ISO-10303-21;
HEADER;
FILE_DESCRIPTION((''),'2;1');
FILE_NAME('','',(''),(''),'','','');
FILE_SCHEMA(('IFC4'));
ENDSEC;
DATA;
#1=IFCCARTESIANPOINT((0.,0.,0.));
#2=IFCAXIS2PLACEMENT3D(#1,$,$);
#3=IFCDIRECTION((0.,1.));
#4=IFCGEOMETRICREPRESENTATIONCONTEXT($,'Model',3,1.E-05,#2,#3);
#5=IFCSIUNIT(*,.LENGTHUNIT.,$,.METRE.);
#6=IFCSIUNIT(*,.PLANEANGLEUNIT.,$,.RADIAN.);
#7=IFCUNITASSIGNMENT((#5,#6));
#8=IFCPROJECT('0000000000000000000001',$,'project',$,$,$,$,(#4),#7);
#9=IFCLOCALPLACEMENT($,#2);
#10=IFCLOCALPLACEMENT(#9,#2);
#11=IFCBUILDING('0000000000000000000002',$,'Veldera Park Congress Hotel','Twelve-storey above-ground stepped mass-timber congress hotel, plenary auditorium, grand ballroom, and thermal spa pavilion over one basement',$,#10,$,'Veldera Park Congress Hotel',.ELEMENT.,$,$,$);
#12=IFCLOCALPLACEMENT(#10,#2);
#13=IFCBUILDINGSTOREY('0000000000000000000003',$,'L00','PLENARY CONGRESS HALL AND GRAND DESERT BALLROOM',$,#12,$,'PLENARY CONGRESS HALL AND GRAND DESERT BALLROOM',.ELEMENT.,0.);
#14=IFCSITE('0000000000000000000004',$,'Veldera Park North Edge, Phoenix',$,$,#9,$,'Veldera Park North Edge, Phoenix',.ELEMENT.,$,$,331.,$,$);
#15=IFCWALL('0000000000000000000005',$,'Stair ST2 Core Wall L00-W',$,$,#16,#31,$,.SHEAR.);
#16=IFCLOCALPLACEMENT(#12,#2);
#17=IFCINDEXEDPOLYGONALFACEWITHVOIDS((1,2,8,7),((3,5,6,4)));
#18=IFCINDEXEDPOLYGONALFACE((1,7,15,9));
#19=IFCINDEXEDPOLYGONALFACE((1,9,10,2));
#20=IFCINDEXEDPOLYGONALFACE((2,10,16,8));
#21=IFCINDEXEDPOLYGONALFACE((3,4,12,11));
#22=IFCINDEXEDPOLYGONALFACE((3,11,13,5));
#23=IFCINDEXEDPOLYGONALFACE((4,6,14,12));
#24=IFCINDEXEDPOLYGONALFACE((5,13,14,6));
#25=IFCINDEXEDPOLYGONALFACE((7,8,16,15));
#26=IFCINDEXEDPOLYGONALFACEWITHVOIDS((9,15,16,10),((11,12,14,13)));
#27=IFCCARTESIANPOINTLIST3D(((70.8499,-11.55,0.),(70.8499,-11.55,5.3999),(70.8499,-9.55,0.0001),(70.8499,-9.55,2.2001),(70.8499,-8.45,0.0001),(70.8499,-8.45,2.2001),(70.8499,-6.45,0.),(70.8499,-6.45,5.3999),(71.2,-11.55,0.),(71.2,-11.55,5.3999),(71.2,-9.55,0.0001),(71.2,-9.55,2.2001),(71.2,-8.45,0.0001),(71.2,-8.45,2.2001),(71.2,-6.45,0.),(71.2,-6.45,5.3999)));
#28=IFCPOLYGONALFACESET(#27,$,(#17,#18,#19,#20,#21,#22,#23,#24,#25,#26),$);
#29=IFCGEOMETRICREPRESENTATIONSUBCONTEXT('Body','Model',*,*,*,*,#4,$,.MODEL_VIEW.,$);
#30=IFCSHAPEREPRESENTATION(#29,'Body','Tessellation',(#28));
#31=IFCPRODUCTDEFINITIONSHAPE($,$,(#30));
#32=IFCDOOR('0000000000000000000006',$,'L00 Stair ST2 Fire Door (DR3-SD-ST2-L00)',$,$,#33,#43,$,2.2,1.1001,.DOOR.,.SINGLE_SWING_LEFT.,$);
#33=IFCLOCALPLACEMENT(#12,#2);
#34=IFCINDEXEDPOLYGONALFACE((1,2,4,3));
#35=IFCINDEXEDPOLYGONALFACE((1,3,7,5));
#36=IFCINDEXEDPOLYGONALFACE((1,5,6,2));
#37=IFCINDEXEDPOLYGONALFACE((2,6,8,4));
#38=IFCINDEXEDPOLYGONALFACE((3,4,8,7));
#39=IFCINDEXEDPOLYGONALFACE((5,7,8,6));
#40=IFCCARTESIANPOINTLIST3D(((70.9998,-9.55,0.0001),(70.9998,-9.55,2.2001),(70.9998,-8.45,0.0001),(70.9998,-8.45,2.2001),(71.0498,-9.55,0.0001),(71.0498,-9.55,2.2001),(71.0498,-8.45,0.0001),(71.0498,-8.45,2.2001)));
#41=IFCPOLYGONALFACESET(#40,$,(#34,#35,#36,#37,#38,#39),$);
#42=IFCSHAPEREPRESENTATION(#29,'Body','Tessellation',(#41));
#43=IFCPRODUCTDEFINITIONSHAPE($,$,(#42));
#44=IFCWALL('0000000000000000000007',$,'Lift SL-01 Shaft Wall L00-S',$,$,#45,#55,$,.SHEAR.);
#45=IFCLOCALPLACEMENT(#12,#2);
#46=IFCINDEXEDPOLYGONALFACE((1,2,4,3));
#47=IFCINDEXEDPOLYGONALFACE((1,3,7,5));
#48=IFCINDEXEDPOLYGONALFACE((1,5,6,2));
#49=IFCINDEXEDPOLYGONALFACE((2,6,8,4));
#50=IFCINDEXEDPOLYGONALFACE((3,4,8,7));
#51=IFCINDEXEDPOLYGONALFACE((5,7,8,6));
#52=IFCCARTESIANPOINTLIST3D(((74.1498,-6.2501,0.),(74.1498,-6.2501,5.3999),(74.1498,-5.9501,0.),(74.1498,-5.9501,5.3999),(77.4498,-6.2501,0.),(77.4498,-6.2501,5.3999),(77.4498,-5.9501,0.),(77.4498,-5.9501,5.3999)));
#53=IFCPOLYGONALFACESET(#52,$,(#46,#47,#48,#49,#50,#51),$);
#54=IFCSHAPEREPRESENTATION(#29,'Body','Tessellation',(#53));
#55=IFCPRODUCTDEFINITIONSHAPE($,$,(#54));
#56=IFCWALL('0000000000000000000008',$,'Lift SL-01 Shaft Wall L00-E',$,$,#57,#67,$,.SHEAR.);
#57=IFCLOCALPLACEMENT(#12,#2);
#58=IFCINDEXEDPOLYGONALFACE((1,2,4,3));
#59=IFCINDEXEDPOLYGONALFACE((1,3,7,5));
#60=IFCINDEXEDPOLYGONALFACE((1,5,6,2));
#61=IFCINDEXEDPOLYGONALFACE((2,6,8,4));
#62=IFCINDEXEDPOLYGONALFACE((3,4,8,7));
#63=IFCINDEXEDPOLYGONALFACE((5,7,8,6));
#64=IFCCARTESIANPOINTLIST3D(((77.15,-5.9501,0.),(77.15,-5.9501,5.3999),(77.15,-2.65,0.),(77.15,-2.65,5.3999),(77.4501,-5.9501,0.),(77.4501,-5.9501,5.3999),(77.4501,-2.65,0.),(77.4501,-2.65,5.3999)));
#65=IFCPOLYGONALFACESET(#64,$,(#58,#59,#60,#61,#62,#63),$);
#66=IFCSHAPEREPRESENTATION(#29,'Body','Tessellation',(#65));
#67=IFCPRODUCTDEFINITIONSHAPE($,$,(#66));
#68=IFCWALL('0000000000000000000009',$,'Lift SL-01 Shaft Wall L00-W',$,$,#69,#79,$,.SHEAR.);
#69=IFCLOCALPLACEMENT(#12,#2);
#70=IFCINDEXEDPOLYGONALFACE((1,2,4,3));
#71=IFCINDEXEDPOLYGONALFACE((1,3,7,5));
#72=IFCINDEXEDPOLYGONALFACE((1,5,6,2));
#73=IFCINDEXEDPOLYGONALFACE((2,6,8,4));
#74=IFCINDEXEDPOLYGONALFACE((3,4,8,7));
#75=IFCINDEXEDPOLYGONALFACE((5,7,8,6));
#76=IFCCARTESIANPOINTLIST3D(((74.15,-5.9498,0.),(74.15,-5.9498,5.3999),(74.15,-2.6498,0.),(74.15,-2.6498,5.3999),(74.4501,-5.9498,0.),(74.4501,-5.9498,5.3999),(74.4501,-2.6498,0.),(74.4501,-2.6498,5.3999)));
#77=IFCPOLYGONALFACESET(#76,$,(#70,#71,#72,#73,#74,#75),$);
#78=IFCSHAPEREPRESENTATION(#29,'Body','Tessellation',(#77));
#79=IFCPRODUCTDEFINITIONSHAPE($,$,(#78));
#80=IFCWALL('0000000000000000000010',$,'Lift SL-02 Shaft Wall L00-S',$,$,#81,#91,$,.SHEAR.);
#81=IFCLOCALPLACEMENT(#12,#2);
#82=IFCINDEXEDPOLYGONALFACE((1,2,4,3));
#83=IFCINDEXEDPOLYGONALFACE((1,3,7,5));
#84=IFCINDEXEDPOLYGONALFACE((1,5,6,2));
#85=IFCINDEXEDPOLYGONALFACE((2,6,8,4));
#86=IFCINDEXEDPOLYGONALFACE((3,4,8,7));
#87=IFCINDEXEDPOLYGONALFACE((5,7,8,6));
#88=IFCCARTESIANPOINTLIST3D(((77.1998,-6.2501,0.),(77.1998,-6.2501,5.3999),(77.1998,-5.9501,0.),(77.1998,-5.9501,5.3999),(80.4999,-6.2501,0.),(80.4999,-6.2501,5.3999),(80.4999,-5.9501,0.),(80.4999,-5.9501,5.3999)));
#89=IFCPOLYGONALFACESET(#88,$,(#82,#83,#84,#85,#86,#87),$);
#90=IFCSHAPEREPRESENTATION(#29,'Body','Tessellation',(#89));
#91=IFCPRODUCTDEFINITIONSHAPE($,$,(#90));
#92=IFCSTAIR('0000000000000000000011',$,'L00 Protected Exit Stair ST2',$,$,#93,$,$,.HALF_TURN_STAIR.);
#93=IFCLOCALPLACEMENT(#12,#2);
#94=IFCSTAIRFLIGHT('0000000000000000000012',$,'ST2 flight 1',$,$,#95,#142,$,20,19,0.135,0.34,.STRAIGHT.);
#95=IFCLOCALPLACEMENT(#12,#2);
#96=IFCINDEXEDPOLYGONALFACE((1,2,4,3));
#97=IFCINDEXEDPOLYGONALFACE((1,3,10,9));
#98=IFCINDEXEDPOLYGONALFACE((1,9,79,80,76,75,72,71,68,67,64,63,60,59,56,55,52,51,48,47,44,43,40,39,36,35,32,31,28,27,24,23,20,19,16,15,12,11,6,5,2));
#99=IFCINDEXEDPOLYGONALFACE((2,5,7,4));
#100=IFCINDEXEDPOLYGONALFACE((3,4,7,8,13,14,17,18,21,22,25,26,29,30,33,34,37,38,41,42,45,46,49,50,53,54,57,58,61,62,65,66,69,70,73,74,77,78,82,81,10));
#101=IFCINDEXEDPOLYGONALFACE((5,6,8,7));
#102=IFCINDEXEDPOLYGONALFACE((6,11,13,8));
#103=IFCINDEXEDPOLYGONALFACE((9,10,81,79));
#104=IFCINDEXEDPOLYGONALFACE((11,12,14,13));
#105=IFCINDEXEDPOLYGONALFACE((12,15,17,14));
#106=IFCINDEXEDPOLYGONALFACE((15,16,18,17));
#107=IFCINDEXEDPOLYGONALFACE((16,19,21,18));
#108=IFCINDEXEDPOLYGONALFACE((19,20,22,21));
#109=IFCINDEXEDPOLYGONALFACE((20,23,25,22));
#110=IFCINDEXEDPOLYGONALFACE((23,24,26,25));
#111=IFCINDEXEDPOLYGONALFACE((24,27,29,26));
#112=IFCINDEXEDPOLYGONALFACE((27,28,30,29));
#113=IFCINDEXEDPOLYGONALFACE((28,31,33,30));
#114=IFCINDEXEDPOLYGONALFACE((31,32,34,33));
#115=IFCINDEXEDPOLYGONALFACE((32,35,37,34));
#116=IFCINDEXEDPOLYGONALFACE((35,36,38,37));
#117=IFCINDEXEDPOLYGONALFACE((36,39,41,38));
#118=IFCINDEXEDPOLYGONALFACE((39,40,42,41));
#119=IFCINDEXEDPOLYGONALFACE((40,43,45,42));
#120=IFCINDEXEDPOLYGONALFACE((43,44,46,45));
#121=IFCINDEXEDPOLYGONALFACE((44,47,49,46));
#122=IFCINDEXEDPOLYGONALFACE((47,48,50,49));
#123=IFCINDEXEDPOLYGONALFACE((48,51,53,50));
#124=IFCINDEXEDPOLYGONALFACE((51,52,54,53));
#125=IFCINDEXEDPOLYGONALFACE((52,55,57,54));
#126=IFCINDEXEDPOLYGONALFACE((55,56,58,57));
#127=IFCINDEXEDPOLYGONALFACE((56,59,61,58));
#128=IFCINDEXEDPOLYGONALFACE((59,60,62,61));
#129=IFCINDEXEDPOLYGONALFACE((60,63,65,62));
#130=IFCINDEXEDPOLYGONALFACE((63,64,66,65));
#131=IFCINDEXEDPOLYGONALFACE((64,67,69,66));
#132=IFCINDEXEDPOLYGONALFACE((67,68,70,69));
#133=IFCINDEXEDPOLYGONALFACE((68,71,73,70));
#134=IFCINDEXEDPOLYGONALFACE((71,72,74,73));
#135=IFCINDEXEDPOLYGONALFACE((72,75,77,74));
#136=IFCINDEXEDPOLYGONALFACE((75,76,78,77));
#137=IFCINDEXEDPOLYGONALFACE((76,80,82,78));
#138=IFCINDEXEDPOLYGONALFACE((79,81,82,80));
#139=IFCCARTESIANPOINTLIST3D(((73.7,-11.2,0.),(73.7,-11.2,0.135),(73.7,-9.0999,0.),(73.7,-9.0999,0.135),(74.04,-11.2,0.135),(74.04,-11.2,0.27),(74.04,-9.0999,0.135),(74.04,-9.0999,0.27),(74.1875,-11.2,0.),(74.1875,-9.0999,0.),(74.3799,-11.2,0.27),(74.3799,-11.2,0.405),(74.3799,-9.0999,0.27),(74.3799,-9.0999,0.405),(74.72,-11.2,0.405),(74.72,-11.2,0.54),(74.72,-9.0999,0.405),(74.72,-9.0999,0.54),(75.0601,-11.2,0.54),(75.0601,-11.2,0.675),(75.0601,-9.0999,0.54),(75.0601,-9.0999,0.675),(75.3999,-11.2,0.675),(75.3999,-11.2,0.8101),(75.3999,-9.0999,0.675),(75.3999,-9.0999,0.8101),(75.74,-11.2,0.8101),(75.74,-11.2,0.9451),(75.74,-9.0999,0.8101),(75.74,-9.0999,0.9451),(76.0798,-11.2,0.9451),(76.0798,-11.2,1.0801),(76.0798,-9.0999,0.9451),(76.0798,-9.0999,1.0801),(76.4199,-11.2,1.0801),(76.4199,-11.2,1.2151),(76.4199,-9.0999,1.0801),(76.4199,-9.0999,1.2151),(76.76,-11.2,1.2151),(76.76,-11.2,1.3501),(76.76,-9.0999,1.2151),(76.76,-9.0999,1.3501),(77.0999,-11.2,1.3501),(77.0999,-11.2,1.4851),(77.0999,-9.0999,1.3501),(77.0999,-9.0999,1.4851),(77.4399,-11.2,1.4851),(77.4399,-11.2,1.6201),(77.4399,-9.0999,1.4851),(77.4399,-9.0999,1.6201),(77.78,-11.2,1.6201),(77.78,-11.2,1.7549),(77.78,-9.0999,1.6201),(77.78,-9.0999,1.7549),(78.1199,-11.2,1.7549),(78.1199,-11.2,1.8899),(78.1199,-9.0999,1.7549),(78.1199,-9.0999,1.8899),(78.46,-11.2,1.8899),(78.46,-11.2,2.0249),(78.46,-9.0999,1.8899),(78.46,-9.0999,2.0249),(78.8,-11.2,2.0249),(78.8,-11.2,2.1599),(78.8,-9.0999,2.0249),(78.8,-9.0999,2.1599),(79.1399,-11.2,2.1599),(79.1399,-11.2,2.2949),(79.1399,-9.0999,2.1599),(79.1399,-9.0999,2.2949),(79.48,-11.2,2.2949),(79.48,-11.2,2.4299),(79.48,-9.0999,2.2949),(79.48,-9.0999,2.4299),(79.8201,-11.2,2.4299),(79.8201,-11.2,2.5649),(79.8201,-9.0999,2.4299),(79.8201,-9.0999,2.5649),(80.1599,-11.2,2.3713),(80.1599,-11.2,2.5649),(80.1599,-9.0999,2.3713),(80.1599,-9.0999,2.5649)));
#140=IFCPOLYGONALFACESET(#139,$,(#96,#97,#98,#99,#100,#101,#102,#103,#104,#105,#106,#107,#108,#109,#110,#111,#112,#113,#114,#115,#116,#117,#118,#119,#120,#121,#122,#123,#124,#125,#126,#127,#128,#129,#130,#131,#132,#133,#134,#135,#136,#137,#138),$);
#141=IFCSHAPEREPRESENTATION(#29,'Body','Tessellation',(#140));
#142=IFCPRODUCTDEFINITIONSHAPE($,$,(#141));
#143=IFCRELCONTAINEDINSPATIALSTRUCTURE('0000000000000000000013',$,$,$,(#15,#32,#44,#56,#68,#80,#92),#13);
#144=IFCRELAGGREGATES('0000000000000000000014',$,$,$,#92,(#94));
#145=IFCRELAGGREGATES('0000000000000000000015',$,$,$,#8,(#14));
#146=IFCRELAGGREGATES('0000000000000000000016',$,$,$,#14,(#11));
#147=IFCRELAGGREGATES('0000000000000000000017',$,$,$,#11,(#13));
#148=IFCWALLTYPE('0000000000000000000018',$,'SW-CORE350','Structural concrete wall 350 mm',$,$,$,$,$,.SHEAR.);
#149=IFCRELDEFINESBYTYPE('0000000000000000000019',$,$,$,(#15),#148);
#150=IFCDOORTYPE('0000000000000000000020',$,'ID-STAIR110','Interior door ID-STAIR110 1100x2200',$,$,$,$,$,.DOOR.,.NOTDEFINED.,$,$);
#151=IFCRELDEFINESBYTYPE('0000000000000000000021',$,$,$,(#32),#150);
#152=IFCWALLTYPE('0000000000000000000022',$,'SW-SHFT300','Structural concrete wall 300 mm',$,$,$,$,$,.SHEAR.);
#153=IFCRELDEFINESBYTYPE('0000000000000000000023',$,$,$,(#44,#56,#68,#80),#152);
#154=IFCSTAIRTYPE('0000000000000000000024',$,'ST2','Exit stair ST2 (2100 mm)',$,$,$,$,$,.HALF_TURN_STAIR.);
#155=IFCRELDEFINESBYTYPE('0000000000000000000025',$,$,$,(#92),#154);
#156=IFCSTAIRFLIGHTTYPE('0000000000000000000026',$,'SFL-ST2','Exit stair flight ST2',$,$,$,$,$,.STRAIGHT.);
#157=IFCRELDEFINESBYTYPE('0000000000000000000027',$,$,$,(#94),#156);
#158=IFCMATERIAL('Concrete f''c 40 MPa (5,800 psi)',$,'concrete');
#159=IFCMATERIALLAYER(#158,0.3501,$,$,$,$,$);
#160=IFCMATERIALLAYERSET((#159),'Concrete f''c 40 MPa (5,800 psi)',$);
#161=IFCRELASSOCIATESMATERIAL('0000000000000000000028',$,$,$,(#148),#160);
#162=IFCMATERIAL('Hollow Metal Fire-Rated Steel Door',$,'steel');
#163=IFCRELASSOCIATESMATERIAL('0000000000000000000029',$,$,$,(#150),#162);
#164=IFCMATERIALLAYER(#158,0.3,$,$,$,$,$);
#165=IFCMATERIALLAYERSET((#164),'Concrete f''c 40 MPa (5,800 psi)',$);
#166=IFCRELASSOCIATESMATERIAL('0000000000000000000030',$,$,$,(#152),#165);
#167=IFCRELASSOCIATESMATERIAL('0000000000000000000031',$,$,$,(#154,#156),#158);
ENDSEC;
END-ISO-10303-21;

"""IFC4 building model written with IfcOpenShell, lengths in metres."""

from ifc_helpers import new_model, si_unit, direction, frame, frame_2d, origin, place, context, subcontext, project, spatial, polyline, rectangle, outline, extrude, material, layer, layer_set, type_object, element, fill, aggregate, save


model = new_model("IFC4")

# Units and contexts
model_context = context("Model", 3, precision=1e-05, world=origin(), true_north=direction((0.0, 1.0)))
body_context = subcontext(model_context, "Body", "Model", "MODEL_VIEW")
ifc_project = project(units=[si_unit("LENGTHUNIT", "METRE"), si_unit("PLANEANGLEUNIT", "RADIAN")], contexts=[model_context])

# Site, building, storey
site_placement = place(None, origin())
site = spatial("IfcSite", under=ifc_project, at=site_placement, Name="Veldera Park North Edge, Phoenix", LongName="Veldera Park North Edge, Phoenix", CompositionType="ELEMENT", RefElevation=331.0)
building_placement = place(site_placement, origin())
building = spatial("IfcBuilding", under=site, at=building_placement, Name="Veldera Park Congress Hotel", Description="Twelve-storey above-ground stepped mass-timber congress hotel, plenary auditorium, grand ballroom, and thermal spa pavilion over one basement", LongName="Veldera Park Congress Hotel", CompositionType="ELEMENT")
storey_placement = place(building_placement, origin())
storey = spatial("IfcBuildingStorey", under=building, at=storey_placement, Name="L00", Description="PLENARY CONGRESS HALL AND GRAND DESERT BALLROOM", LongName="PLENARY CONGRESS HALL AND GRAND DESERT BALLROOM", CompositionType="ELEMENT", Elevation=0.0)

# Wall, opening, door
ifc_material_1 = material(Name="Concrete f'c 40 MPa (5,800 psi)", Category="concrete")
ifc_layer_1 = layer(ifc_material_1, 0.3501)
ifc_layer_set_1 = layer_set([ifc_layer_1], Name="Concrete f'c 40 MPa (5,800 psi)")
wall_type_1 = type_object("IfcWallType", Name="SW-CORE350", Description="Structural concrete wall 350 mm", PredefinedType="SHEAR", material=ifc_layer_set_1)
wall_1_placement = place(storey_placement, frame((71.0249, -6.45, 0.0), z_axis=(0.0, 0.0, 1.0), x_axis=(0.0, -1.0, 0.0)))
wall_1 = element("IfcWall", 1, at=wall_1_placement, inside=storey, type_object=wall_type_1, Name="Stair ST2 Core Wall L00-W", PredefinedType="SHEAR", context=body_context, shape_type="SweptSolid", body=[
    extrude(rectangle(XDim=5.1001, YDim=0.3501, at=frame_2d((2.55, 0.0))), origin(), (0.0, 0.0, 1.0), 5.3999),
])
opening_1_placement = place(wall_1_placement, frame((2.0, 0.0, 0.0)))
opening_1 = element("IfcOpeningElement", 2, at=opening_1_placement, cuts=wall_1, PredefinedType="OPENING", context=body_context, shape_type="SweptSolid", body=[
    extrude(rectangle(XDim=1.1001, YDim=2.2, at=frame_2d((0.55, 1.1001))), frame((0.0, 0.187, 0.0), z_axis=(0.0, -1.0, 0.0), x_axis=(1.0, 0.0, 0.0)), (0.0, 0.0, 1.0), 0.374),
])
ifc_material_2 = material(Name="Hollow Metal Fire-Rated Steel Door", Category="steel")
door_type_1 = type_object("IfcDoorType", Name="ID-STAIR110", Description="Interior door ID-STAIR110 1100x2200", OperationType="NOTDEFINED", PredefinedType="DOOR", material=ifc_material_2)
door_1_placement = place(opening_1_placement, origin())
door_1 = element("IfcDoor", 3, at=door_1_placement, inside=storey, type_object=door_type_1, Name="L00 Stair ST2 Fire Door (DR3-SD-ST2-L00)", OperationType="SINGLE_SWING_LEFT", OverallHeight=2.2, OverallWidth=1.1001, PredefinedType="DOOR", context=body_context, shape_type="SweptSolid", body=[
    extrude(rectangle(XDim=1.1001, YDim=2.2, at=frame_2d((0.55, 1.1001))), frame((0.0, 0.0249, 0.0), z_axis=(0.0, -1.0, 0.0), x_axis=(1.0, 0.0, 0.0)), (0.0, 0.0, 1.0), 0.05),
])
fill(opening_1, door_1)

# Walls
ifc_layer_2 = layer(ifc_material_1, 0.3)
ifc_layer_set_2 = layer_set([ifc_layer_2], Name="Concrete f'c 40 MPa (5,800 psi)")
wall_type_2 = type_object("IfcWallType", Name="SW-SHFT300", Description="Structural concrete wall 300 mm", PredefinedType="SHEAR", material=ifc_layer_set_2)
for number, where, z_axis, x_axis, name in (
    (4, (74.1499, -6.1001, 0.0), (0.0, 0.0, 1.0), (1.0, 0.0, 0.0), "Lift SL-01 Shaft Wall L00-S"),
    (5, (77.3, -5.95, 0.0), (0.0, 0.0, 1.0), (0.0, 1.0, 0.0), "Lift SL-01 Shaft Wall L00-E"),
    (6, (74.3, -2.6499, 0.0), (0.0, 0.0, 1.0), (0.0, -1.0, 0.0), "Lift SL-01 Shaft Wall L00-W"),
    (7, (77.2, -6.1001, 0.0), (0.0, 0.0, 1.0), (1.0, 0.0, 0.0), "Lift SL-02 Shaft Wall L00-S"),
):
    element("IfcWall", number, at=place(storey_placement, frame(where, z_axis=z_axis, x_axis=x_axis)), inside=storey, type_object=wall_type_2, Name=name, PredefinedType="SHEAR", context=body_context, shape_type="SweptSolid", body=[
        extrude(rectangle(XDim=3.3, YDim=0.3, at=frame_2d((1.6499, 0.0))), origin(), (0.0, 0.0, 1.0), 5.3999),
    ])

# Stair, stair flight
stair_type = type_object("IfcStairType", Name="ST2", Description="Exit stair ST2 (2100 mm)", PredefinedType="HALF_TURN_STAIR", material=ifc_material_1)
stair_placement = place(storey_placement, origin())
stair = element("IfcStair", 8, at=stair_placement, inside=storey, type_object=stair_type, Name="L00 Protected Exit Stair ST2", PredefinedType="HALF_TURN_STAIR")
stair_flight_type = type_object("IfcStairFlightType", Name="SFL-ST2", Description="Exit stair flight ST2", PredefinedType="STRAIGHT", material=ifc_material_1)
stair_flight_placement = place(storey_placement, frame((73.7, -10.1499, 0.0), z_axis=(0.0, 0.0, 1.0), x_axis=(1.0, 0.0, 0.0)))
stair_flight = element("IfcStairFlight", 9, at=stair_flight_placement, type_object=stair_flight_type, Name="ST2 flight 1", NumberOfRisers=20, NumberOfTreads=19, PredefinedType="STRAIGHT", RiserHeight=0.135, TreadLength=0.34, context=body_context, shape_type="SweptSolid", body=[
    extrude(outline(polyline([(0.0, 0.0), (0.0, 0.135), (0.3401, 0.135), (0.3401, 0.27), (0.6799, 0.27), (0.6799, 0.405), (1.02, 0.405), (1.02, 0.54), (1.3601, 0.54), (1.3601, 0.675), (1.7, 0.675), (1.7, 0.8101), (2.04, 0.8101), (2.04, 0.9451), (2.3799, 0.9451), (2.3799, 1.0801), (2.72, 1.0801), (2.72, 1.2151), (3.0601, 1.2151), (3.0601, 1.3501), (3.3999, 1.3501), (3.3999, 1.4851), (3.74, 1.4851), (3.74, 1.6201), (4.0801, 1.6201), (4.0801, 1.7549), (4.4199, 1.7549), (4.4199, 1.8899), (4.76, 1.8899), (4.76, 2.0249), (5.1001, 2.0249), (5.1001, 2.1599), (5.4399, 2.1599), (5.4399, 2.2949), (5.78, 2.2949), (5.78, 2.4299), (6.1201, 2.4299), (6.1201, 2.5649), (6.46, 2.5649), (6.46, 2.7), (6.46, 2.7), (6.46, 2.3713), (0.4875, 0.0), (0.0, 0.0)])), frame((0.0, 1.05, 0.0), z_axis=(0.0, -1.0, 0.0), x_axis=(1.0, 0.0, 0.0)), (0.0, 0.0, 1.0), 2.1001),
])
aggregate(stair, [stair_flight])

save(model, "model.ifc")
